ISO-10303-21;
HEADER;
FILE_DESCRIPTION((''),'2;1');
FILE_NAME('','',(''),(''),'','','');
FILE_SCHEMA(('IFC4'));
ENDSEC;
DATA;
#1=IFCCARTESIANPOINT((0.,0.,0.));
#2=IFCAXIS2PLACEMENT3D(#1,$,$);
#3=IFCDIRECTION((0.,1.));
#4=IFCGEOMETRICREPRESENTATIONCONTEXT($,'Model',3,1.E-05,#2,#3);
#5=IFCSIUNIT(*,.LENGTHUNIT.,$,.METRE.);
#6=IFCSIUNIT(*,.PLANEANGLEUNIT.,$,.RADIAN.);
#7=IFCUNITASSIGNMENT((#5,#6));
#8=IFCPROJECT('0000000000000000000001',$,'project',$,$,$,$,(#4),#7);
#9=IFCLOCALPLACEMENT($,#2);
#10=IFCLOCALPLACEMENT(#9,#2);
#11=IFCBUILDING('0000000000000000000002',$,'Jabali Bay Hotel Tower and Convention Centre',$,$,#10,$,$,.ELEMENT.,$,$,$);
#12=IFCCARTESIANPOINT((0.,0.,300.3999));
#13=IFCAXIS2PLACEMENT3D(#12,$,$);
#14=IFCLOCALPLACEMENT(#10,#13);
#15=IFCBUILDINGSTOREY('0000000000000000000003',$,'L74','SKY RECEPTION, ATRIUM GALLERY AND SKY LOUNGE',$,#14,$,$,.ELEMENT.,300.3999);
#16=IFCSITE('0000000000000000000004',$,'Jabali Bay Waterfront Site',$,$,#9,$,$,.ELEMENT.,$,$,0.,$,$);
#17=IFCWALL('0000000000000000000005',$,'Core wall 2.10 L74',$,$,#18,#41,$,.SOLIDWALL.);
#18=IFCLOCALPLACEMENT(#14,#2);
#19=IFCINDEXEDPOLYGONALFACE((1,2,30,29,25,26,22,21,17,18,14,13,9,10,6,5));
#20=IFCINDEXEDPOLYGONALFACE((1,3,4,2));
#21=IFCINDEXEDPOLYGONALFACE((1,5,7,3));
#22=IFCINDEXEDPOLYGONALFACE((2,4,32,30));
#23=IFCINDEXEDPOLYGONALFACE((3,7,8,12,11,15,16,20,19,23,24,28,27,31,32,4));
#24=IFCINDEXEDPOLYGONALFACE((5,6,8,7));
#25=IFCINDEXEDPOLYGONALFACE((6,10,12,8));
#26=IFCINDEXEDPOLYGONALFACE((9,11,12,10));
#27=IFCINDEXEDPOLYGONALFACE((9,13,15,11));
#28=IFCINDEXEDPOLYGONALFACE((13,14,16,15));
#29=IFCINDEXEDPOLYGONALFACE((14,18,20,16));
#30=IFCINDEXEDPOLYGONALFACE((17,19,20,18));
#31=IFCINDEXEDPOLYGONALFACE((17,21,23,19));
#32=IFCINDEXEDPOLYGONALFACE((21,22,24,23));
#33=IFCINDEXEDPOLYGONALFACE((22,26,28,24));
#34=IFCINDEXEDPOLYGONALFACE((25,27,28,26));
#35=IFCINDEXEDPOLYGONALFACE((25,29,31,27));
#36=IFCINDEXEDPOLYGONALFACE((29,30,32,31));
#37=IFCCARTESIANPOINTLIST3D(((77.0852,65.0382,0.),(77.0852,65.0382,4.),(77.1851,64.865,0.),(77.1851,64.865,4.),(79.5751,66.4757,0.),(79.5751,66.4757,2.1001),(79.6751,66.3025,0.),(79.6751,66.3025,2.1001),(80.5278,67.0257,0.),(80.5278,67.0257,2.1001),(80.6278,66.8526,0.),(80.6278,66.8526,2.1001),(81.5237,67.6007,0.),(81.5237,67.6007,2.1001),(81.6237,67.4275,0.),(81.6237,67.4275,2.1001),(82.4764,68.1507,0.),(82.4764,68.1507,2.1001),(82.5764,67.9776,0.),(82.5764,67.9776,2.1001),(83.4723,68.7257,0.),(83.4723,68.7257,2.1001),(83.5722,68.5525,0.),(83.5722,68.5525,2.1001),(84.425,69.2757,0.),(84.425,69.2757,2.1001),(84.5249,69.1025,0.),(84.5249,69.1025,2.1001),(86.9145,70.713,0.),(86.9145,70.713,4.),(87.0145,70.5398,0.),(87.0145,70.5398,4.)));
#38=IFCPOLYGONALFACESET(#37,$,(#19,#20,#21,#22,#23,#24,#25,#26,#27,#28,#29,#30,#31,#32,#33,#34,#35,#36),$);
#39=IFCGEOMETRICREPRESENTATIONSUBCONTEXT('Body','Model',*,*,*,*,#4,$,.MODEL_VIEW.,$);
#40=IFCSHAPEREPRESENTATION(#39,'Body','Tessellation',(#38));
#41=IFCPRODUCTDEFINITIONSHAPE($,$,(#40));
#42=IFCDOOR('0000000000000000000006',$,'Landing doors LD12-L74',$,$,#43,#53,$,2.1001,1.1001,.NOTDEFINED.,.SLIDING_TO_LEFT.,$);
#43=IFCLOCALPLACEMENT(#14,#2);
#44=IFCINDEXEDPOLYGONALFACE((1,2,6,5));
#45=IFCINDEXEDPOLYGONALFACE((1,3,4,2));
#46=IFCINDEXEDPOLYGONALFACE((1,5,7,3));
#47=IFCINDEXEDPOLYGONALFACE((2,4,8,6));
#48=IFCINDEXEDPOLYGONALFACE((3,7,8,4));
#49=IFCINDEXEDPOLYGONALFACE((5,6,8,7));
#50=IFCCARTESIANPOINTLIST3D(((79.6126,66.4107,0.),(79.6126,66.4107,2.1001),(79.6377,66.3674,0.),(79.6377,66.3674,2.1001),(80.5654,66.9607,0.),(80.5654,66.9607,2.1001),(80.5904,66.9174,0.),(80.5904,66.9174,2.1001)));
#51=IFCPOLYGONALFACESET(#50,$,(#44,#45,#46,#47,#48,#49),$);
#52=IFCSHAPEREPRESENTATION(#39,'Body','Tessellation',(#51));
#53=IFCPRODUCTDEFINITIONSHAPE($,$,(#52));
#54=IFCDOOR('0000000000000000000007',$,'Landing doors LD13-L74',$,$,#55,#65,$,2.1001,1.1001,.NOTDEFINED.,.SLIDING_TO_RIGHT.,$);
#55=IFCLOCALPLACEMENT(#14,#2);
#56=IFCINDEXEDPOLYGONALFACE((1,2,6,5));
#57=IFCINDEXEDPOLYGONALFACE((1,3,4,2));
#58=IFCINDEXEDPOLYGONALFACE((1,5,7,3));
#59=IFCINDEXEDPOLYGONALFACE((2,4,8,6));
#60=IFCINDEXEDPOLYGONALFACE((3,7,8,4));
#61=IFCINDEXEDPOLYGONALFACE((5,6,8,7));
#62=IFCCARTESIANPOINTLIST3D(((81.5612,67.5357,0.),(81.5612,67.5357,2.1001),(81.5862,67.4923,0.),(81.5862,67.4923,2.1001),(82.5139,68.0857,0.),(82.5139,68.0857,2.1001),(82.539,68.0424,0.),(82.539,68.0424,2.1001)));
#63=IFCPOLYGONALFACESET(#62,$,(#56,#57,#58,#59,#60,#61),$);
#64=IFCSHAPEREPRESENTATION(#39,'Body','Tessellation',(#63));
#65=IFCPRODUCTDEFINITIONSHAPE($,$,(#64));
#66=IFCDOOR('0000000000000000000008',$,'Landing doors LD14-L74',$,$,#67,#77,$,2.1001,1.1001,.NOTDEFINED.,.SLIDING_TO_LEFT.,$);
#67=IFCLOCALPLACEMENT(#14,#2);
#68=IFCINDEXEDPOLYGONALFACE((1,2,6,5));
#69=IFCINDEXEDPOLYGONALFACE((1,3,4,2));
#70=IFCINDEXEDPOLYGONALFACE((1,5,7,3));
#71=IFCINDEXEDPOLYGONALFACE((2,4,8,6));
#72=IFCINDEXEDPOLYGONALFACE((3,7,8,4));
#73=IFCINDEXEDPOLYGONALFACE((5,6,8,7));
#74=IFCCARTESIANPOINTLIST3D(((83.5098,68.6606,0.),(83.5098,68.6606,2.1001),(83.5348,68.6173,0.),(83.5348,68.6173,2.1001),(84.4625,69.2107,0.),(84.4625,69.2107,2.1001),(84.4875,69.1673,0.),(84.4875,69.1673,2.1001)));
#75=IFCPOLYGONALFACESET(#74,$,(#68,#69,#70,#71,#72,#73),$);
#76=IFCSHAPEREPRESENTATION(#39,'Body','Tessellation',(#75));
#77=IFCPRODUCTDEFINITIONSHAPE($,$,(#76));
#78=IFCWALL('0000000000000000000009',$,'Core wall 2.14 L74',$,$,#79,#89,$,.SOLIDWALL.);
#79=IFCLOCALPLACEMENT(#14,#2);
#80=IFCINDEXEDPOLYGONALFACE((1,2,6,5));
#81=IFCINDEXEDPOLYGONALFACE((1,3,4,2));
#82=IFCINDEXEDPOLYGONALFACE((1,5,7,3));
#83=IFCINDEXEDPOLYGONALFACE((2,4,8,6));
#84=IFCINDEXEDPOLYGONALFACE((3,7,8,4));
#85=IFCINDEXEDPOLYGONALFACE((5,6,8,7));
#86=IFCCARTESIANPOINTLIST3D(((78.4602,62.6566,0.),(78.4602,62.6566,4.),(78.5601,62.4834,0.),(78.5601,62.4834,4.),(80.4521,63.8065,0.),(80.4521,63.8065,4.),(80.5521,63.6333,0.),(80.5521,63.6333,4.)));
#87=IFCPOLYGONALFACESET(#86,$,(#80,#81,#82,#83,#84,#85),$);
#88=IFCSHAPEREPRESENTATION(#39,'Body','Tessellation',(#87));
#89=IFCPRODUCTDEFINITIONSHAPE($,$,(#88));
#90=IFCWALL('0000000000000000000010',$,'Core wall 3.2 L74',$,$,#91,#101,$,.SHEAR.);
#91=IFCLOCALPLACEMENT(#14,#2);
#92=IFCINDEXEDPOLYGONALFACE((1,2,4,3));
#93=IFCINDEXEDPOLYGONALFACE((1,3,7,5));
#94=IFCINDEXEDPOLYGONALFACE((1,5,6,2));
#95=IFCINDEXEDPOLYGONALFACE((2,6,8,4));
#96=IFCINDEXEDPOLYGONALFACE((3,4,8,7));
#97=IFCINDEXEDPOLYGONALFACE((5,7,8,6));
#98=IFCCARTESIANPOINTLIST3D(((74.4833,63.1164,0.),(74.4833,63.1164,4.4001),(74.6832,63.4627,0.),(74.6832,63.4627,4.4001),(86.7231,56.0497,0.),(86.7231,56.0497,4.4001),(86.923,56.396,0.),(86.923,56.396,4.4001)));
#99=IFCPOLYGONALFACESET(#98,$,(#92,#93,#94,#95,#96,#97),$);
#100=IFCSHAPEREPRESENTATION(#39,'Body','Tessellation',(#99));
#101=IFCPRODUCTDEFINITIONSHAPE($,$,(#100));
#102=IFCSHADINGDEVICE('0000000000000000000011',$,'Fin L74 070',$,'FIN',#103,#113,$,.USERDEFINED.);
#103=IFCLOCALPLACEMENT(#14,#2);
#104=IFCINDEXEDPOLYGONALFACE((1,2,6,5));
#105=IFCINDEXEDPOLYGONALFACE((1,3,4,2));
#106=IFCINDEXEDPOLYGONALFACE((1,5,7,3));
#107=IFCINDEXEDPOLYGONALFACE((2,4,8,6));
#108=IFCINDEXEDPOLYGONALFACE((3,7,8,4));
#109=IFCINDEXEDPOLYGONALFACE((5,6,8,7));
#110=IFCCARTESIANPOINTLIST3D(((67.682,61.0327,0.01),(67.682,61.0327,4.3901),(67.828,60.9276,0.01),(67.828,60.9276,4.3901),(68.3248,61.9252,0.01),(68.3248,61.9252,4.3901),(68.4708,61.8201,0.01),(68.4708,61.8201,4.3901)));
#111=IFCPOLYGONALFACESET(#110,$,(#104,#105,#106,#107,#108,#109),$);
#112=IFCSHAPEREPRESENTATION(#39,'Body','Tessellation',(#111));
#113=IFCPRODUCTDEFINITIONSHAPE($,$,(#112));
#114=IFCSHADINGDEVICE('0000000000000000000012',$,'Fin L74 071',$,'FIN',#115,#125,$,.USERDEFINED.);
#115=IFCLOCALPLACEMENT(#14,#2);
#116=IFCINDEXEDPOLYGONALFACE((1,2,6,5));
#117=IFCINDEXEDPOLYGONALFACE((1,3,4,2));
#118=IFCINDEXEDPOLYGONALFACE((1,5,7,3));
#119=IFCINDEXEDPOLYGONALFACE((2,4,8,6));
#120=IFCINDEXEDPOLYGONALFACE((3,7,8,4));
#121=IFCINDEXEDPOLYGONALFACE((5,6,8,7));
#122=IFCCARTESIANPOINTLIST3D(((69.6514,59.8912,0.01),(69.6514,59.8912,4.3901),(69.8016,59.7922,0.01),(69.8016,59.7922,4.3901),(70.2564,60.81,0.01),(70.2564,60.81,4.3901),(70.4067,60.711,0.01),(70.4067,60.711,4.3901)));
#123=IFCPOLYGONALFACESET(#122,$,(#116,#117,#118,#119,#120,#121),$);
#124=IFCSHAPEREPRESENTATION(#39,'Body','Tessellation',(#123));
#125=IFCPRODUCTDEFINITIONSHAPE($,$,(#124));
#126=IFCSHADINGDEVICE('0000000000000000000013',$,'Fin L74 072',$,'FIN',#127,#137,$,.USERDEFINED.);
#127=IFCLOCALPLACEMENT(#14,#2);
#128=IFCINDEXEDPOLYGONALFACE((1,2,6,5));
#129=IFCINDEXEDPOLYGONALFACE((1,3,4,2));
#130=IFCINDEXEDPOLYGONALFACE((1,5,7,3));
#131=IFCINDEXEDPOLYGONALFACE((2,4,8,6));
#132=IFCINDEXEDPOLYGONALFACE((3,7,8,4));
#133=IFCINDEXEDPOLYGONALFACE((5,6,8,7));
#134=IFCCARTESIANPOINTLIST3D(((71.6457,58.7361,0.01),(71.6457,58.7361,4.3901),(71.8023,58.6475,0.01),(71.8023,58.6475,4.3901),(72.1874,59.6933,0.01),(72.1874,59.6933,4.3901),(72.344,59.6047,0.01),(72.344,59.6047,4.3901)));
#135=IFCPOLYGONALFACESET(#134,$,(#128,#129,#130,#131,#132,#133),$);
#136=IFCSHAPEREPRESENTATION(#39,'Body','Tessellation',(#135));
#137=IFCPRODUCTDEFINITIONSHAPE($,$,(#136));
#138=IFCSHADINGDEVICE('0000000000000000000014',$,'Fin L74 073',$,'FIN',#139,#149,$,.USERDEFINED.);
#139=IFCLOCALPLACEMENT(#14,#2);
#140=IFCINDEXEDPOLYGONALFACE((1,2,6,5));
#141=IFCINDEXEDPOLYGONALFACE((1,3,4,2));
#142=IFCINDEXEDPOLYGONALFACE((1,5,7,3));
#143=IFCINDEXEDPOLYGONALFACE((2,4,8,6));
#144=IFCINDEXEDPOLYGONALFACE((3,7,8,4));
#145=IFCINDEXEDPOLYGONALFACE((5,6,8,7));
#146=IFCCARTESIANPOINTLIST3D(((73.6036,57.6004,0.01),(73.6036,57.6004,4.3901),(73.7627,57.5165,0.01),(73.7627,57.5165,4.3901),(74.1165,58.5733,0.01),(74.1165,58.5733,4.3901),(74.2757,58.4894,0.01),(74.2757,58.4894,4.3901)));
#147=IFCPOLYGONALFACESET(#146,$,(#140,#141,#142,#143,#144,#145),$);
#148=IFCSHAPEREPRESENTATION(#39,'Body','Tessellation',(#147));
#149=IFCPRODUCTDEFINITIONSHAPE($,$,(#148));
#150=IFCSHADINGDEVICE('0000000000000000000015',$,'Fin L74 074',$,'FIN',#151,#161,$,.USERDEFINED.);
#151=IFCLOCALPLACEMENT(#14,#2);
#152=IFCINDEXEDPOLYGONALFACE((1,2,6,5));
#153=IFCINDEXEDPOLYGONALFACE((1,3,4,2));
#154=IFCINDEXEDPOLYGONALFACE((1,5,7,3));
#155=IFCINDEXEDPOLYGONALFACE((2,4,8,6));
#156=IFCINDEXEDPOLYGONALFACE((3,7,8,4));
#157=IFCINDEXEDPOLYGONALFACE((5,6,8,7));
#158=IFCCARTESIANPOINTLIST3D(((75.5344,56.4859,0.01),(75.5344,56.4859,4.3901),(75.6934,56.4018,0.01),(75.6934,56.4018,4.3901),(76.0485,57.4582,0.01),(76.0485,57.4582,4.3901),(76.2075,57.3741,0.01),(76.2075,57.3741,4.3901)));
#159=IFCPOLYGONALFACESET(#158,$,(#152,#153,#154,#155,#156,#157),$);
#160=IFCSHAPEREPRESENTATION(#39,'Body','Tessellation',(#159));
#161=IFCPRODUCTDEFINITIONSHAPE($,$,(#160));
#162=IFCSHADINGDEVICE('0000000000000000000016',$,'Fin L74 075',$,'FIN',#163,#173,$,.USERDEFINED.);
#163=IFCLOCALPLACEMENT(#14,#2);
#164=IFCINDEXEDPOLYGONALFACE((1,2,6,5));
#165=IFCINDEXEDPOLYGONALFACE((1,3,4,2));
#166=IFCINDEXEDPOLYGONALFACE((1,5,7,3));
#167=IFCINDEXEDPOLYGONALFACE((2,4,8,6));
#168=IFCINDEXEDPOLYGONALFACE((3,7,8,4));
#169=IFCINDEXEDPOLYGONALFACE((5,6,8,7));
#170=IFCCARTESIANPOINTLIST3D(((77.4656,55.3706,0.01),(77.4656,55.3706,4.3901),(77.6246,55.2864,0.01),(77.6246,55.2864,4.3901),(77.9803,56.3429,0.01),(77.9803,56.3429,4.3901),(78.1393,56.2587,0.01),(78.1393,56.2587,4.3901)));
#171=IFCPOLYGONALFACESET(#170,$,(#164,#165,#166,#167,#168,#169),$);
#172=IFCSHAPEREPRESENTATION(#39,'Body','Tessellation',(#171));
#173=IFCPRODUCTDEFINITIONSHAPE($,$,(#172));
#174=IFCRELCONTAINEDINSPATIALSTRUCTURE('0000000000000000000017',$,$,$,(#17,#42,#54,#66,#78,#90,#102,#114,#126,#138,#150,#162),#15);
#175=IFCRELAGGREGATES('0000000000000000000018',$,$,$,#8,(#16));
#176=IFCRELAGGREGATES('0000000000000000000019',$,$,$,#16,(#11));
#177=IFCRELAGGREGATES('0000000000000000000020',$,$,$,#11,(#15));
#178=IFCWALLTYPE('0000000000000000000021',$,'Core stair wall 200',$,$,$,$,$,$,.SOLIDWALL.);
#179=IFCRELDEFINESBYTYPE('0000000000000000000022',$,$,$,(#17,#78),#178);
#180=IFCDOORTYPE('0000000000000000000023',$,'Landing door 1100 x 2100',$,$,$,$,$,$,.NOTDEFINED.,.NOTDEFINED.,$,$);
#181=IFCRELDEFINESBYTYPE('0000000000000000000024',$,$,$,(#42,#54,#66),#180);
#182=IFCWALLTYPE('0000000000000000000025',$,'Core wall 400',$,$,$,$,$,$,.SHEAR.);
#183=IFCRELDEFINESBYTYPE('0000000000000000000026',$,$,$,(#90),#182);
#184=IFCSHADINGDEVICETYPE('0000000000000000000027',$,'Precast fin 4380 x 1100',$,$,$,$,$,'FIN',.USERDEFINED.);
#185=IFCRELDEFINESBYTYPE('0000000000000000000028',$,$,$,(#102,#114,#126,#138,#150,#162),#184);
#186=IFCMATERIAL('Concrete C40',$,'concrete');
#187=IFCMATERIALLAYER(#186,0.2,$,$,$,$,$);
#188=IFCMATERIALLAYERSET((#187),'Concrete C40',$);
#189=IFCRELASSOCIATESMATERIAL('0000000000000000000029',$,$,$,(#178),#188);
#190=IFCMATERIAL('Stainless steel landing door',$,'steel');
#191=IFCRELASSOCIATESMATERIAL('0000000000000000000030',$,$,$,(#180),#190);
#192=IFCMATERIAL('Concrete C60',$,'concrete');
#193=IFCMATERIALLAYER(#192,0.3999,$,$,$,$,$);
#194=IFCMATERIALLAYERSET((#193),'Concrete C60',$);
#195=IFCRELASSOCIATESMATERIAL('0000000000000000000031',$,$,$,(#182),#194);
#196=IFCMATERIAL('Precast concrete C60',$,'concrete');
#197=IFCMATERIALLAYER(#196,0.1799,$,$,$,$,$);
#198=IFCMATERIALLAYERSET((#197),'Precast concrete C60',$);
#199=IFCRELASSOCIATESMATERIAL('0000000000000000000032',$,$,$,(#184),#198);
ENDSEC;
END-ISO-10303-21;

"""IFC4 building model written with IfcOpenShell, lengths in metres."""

from ifc_helpers import new_model, si_unit, direction, frame, frame_2d, origin, place, context, subcontext, project, spatial, rectangle, extrude, material, layer, layer_set, type_object, element, fill, save


model = new_model("IFC4")

# Units and contexts
model_context = context("Model", 3, precision=1e-05, world=origin(), true_north=direction((0.0, 1.0)))
body_context = subcontext(model_context, "Body", "Model", "MODEL_VIEW")
ifc_project = project(units=[si_unit("LENGTHUNIT", "METRE"), si_unit("PLANEANGLEUNIT", "RADIAN")], contexts=[model_context])

# Site, building, storey
site_placement = place(None, origin())
site = spatial("IfcSite", under=ifc_project, at=site_placement, Name="Jabali Bay Waterfront Site", CompositionType="ELEMENT", RefElevation=0.0)
building_placement = place(site_placement, origin())
building = spatial("IfcBuilding", under=site, at=building_placement, Name="Jabali Bay Hotel Tower and Convention Centre", CompositionType="ELEMENT")
storey_placement = place(building_placement, frame((0.0, 0.0, 300.3999)))
storey = spatial("IfcBuildingStorey", under=building, at=storey_placement, Name="L74", Description="SKY RECEPTION, ATRIUM GALLERY AND SKY LOUNGE", CompositionType="ELEMENT", Elevation=300.3999)

# Shared definitions
ifc_material_1 = material(Name="Concrete C60", Category="concrete")

# Shared definitions
ifc_material_2 = material(Name="Concrete C40", Category="concrete")

# Shared definitions
ifc_layer_1 = layer(ifc_material_2, 0.2)
ifc_layer_set_1 = layer_set([ifc_layer_1], Name="Concrete C40")
wall_type_1 = type_object("IfcWallType", Name="Core stair wall 200", PredefinedType="SOLIDWALL", material=ifc_layer_set_1)

# Wall, openings, doors
wall_1_placement = place(storey_placement, frame((77.1353, 64.9517, 0.0), z_axis=(0.0, 0.0, 1.0), x_axis=(0.866032, 0.499989, 0.0)))
wall_1 = element("IfcWall", 1, at=wall_1_placement, inside=storey, type_object=wall_type_1, Name="Core wall 2.10 L74", PredefinedType="SOLIDWALL", context=body_context, shape_type="SweptSolid", body=[
    extrude(rectangle(XDim=11.3499, YDim=0.2, at=frame_2d((5.6748, 0.0))), origin(), (0.0, 0.0, 1.0), 4.0),
])
opening_1_placement = place(wall_1_placement, frame((2.875, 0.0, 0.0)))
opening_1 = element("IfcOpeningElement", 2, at=opening_1_placement, cuts=wall_1, PredefinedType="OPENING", context=body_context, shape_type="SweptSolid", body=[
    extrude(rectangle(XDim=1.1001, YDim=2.1001, at=frame_2d((0.55, 1.05))), frame((0.0, 0.1104, 0.0), z_axis=(0.0, -1.0, 0.0), x_axis=(1.0, 0.0, 0.0)), (0.0, 0.0, 1.0), 0.2209),
])
opening_2_placement = place(wall_1_placement, frame((5.125, 0.0, 0.0)))
opening_2 = element("IfcOpeningElement", 3, at=opening_2_placement, cuts=wall_1, PredefinedType="OPENING", context=body_context, shape_type="SweptSolid", body=[
    extrude(rectangle(XDim=1.1001, YDim=2.1001, at=frame_2d((0.55, 1.05))), frame((0.0, 0.1104, 0.0), z_axis=(0.0, -1.0, 0.0), x_axis=(1.0, 0.0, 0.0)), (0.0, 0.0, 1.0), 0.2209),
])
opening_3_placement = place(wall_1_placement, frame((7.375, 0.0, 0.0)))
opening_3 = element("IfcOpeningElement", 4, at=opening_3_placement, cuts=wall_1, PredefinedType="OPENING", context=body_context, shape_type="SweptSolid", body=[
    extrude(rectangle(XDim=1.1001, YDim=2.1001, at=frame_2d((0.55, 1.05))), frame((0.0, 0.1104, 0.0), z_axis=(0.0, -1.0, 0.0), x_axis=(1.0, 0.0, 0.0)), (0.0, 0.0, 1.0), 0.2209),
])
ifc_material_3 = material(Name="Stainless steel landing door", Category="steel")
door_type_1 = type_object("IfcDoorType", Name="Landing door 1100 x 2100", OperationType="NOTDEFINED", PredefinedType="NOTDEFINED", material=ifc_material_3)
door_1_placement = place(opening_1_placement, origin())
door_1 = element("IfcDoor", 5, at=door_1_placement, inside=storey, type_object=door_type_1, Name="Landing doors LD12-L74", OperationType="SLIDING_TO_LEFT", OverallHeight=2.1001, OverallWidth=1.1001, PredefinedType="NOTDEFINED", context=body_context, shape_type="SweptSolid", body=[
    extrude(rectangle(XDim=1.1001, YDim=2.1001, at=frame_2d((0.55, 1.05))), frame((0.0, 0.0249, 0.0), z_axis=(0.0, -1.0, 0.0), x_axis=(1.0, 0.0, 0.0)), (0.0, 0.0, 1.0), 0.05),
])
fill(opening_1, door_1)
door_2_placement = place(opening_2_placement, origin())
door_2 = element("IfcDoor", 6, at=door_2_placement, inside=storey, type_object=door_type_1, Name="Landing doors LD13-L74", OperationType="SLIDING_TO_RIGHT", OverallHeight=2.1001, OverallWidth=1.1001, PredefinedType="NOTDEFINED", context=body_context, shape_type="SweptSolid", body=[
    extrude(rectangle(XDim=1.1001, YDim=2.1001, at=frame_2d((0.55, 1.05))), frame((0.0, 0.0249, 0.0), z_axis=(0.0, -1.0, 0.0), x_axis=(1.0, 0.0, 0.0)), (0.0, 0.0, 1.0), 0.05),
])
fill(opening_2, door_2)
door_3_placement = place(opening_3_placement, origin())
door_3 = element("IfcDoor", 7, at=door_3_placement, inside=storey, type_object=door_type_1, Name="Landing doors LD14-L74", OperationType="SLIDING_TO_LEFT", OverallHeight=2.1001, OverallWidth=1.1001, PredefinedType="NOTDEFINED", context=body_context, shape_type="SweptSolid", body=[
    extrude(rectangle(XDim=1.1001, YDim=2.1001, at=frame_2d((0.55, 1.05))), frame((0.0, 0.0249, 0.0), z_axis=(0.0, -1.0, 0.0), x_axis=(1.0, 0.0, 0.0)), (0.0, 0.0, 1.0), 0.05),
])
fill(opening_3, door_3)

# Walls
wall_2_placement = place(storey_placement, frame((78.5103, 62.5701, 0.0), z_axis=(0.0, 0.0, 1.0), x_axis=(0.866053, 0.499952, 0.0)))
element("IfcWall", 8, at=wall_2_placement, inside=storey, type_object=wall_type_1, Name="Core wall 2.14 L74", PredefinedType="SOLIDWALL", context=body_context, shape_type="SweptSolid", body=[
    extrude(rectangle(XDim=2.3, YDim=0.2, at=frame_2d((1.1499, 0.0))), origin(), (0.0, 0.0, 1.0), 4.0),
])
ifc_layer_2 = layer(ifc_material_1, 0.3999)
ifc_layer_set_2 = layer_set([ifc_layer_2], Name="Concrete C60")
wall_type_2 = type_object("IfcWallType", Name="Core wall 400", PredefinedType="SHEAR", material=ifc_layer_set_2)
wall_3_placement = place(storey_placement, frame((74.5833, 63.2896, 0.0), z_axis=(0.0, 0.0, 1.0), x_axis=(0.866024, -0.500002, 0.0)))
element("IfcWall", 9, at=wall_3_placement, inside=storey, type_object=wall_type_2, Name="Core wall 3.2 L74", PredefinedType="SHEAR", context=body_context, shape_type="SweptSolid", body=[
    extrude(rectangle(XDim=14.1333, YDim=0.3999, at=frame_2d((7.0667, 0.0))), origin(), (0.0, 0.0, 1.0), 4.4001),
])

# Shading devices
ifc_material_4 = material(Name="Precast concrete C60", Category="concrete")
ifc_layer_3 = layer(ifc_material_4, 0.1799)
ifc_layer_set_3 = layer_set([ifc_layer_3], Name="Precast concrete C60")
shading_device_type = type_object("IfcShadingDeviceType", Name="Precast fin 4380 x 1100", ElementType="FIN", PredefinedType="USERDEFINED", material=ifc_layer_set_3)
shading_device_1_placement = place(storey_placement, frame((68.3977, 61.8726, 0.01), z_axis=(0.0, 0.0, 1.0), x_axis=(-0.584404, -0.811463, 0.0)))
element("IfcShadingDevice", 10, at=shading_device_1_placement, inside=storey, type_object=shading_device_type, Name="Fin L74 070", ObjectType="FIN", PredefinedType="USERDEFINED", context=body_context, shape_type="SweptSolid", body=[
    extrude(rectangle(XDim=1.0999, YDim=0.1799, at=frame_2d((0.5498, 0.0))), origin(), (0.0, 0.0, 1.0), 4.3801),
])
shading_device_2_placement = place(storey_placement, frame((70.3315, 60.7605, 0.01), z_axis=(0.0, 0.0, 1.0), x_axis=(-0.549979, -0.835178, 0.0)))
element("IfcShadingDevice", 11, at=shading_device_2_placement, inside=storey, type_object=shading_device_type, Name="Fin L74 071", ObjectType="FIN", PredefinedType="USERDEFINED", context=body_context, shape_type="SweptSolid", body=[
    extrude(rectangle(XDim=1.1001, YDim=0.1799, at=frame_2d((0.55, 0.0))), origin(), (0.0, 0.0, 1.0), 4.3801),
])
for number, where, z_axis, x_axis, name in (
    (12, (72.2656, 59.6489, 0.01), (0.0, 0.0, 1.0), (-0.492525, -0.870298, 0.0), "Fin L74 072"),
    (13, (74.196, 58.5312, 0.01), (0.0, 0.0, 1.0), (-0.466378, -0.884586, 0.0), "Fin L74 073"),
    (14, (76.1279, 57.416, 0.01), (0.0, 0.0, 1.0), (-0.467429, -0.884031, 0.0), "Fin L74 074"),
):
    element("IfcShadingDevice", number, at=place(storey_placement, frame(where, z_axis=z_axis, x_axis=x_axis)), inside=storey, type_object=shading_device_type, Name=name, ObjectType="FIN", PredefinedType="USERDEFINED", context=body_context, shape_type="SweptSolid", body=[
        extrude(rectangle(XDim=1.0999, YDim=0.1799, at=frame_2d((0.5498, 0.0))), origin(), (0.0, 0.0, 1.0), 4.3801),
    ])
shading_device_3_placement = place(storey_placement, frame((78.0598, 56.3008, 0.01), z_axis=(0.0, 0.0, 1.0), x_axis=(-0.467867, -0.883799, 0.0)))
element("IfcShadingDevice", 15, at=shading_device_3_placement, inside=storey, type_object=shading_device_type, Name="Fin L74 075", ObjectType="FIN", PredefinedType="USERDEFINED", context=body_context, shape_type="SweptSolid", body=[
    extrude(rectangle(XDim=1.1001, YDim=0.1799, at=frame_2d((0.55, 0.0))), origin(), (0.0, 0.0, 1.0), 4.3801),
])

save(model, "model.ifc")
